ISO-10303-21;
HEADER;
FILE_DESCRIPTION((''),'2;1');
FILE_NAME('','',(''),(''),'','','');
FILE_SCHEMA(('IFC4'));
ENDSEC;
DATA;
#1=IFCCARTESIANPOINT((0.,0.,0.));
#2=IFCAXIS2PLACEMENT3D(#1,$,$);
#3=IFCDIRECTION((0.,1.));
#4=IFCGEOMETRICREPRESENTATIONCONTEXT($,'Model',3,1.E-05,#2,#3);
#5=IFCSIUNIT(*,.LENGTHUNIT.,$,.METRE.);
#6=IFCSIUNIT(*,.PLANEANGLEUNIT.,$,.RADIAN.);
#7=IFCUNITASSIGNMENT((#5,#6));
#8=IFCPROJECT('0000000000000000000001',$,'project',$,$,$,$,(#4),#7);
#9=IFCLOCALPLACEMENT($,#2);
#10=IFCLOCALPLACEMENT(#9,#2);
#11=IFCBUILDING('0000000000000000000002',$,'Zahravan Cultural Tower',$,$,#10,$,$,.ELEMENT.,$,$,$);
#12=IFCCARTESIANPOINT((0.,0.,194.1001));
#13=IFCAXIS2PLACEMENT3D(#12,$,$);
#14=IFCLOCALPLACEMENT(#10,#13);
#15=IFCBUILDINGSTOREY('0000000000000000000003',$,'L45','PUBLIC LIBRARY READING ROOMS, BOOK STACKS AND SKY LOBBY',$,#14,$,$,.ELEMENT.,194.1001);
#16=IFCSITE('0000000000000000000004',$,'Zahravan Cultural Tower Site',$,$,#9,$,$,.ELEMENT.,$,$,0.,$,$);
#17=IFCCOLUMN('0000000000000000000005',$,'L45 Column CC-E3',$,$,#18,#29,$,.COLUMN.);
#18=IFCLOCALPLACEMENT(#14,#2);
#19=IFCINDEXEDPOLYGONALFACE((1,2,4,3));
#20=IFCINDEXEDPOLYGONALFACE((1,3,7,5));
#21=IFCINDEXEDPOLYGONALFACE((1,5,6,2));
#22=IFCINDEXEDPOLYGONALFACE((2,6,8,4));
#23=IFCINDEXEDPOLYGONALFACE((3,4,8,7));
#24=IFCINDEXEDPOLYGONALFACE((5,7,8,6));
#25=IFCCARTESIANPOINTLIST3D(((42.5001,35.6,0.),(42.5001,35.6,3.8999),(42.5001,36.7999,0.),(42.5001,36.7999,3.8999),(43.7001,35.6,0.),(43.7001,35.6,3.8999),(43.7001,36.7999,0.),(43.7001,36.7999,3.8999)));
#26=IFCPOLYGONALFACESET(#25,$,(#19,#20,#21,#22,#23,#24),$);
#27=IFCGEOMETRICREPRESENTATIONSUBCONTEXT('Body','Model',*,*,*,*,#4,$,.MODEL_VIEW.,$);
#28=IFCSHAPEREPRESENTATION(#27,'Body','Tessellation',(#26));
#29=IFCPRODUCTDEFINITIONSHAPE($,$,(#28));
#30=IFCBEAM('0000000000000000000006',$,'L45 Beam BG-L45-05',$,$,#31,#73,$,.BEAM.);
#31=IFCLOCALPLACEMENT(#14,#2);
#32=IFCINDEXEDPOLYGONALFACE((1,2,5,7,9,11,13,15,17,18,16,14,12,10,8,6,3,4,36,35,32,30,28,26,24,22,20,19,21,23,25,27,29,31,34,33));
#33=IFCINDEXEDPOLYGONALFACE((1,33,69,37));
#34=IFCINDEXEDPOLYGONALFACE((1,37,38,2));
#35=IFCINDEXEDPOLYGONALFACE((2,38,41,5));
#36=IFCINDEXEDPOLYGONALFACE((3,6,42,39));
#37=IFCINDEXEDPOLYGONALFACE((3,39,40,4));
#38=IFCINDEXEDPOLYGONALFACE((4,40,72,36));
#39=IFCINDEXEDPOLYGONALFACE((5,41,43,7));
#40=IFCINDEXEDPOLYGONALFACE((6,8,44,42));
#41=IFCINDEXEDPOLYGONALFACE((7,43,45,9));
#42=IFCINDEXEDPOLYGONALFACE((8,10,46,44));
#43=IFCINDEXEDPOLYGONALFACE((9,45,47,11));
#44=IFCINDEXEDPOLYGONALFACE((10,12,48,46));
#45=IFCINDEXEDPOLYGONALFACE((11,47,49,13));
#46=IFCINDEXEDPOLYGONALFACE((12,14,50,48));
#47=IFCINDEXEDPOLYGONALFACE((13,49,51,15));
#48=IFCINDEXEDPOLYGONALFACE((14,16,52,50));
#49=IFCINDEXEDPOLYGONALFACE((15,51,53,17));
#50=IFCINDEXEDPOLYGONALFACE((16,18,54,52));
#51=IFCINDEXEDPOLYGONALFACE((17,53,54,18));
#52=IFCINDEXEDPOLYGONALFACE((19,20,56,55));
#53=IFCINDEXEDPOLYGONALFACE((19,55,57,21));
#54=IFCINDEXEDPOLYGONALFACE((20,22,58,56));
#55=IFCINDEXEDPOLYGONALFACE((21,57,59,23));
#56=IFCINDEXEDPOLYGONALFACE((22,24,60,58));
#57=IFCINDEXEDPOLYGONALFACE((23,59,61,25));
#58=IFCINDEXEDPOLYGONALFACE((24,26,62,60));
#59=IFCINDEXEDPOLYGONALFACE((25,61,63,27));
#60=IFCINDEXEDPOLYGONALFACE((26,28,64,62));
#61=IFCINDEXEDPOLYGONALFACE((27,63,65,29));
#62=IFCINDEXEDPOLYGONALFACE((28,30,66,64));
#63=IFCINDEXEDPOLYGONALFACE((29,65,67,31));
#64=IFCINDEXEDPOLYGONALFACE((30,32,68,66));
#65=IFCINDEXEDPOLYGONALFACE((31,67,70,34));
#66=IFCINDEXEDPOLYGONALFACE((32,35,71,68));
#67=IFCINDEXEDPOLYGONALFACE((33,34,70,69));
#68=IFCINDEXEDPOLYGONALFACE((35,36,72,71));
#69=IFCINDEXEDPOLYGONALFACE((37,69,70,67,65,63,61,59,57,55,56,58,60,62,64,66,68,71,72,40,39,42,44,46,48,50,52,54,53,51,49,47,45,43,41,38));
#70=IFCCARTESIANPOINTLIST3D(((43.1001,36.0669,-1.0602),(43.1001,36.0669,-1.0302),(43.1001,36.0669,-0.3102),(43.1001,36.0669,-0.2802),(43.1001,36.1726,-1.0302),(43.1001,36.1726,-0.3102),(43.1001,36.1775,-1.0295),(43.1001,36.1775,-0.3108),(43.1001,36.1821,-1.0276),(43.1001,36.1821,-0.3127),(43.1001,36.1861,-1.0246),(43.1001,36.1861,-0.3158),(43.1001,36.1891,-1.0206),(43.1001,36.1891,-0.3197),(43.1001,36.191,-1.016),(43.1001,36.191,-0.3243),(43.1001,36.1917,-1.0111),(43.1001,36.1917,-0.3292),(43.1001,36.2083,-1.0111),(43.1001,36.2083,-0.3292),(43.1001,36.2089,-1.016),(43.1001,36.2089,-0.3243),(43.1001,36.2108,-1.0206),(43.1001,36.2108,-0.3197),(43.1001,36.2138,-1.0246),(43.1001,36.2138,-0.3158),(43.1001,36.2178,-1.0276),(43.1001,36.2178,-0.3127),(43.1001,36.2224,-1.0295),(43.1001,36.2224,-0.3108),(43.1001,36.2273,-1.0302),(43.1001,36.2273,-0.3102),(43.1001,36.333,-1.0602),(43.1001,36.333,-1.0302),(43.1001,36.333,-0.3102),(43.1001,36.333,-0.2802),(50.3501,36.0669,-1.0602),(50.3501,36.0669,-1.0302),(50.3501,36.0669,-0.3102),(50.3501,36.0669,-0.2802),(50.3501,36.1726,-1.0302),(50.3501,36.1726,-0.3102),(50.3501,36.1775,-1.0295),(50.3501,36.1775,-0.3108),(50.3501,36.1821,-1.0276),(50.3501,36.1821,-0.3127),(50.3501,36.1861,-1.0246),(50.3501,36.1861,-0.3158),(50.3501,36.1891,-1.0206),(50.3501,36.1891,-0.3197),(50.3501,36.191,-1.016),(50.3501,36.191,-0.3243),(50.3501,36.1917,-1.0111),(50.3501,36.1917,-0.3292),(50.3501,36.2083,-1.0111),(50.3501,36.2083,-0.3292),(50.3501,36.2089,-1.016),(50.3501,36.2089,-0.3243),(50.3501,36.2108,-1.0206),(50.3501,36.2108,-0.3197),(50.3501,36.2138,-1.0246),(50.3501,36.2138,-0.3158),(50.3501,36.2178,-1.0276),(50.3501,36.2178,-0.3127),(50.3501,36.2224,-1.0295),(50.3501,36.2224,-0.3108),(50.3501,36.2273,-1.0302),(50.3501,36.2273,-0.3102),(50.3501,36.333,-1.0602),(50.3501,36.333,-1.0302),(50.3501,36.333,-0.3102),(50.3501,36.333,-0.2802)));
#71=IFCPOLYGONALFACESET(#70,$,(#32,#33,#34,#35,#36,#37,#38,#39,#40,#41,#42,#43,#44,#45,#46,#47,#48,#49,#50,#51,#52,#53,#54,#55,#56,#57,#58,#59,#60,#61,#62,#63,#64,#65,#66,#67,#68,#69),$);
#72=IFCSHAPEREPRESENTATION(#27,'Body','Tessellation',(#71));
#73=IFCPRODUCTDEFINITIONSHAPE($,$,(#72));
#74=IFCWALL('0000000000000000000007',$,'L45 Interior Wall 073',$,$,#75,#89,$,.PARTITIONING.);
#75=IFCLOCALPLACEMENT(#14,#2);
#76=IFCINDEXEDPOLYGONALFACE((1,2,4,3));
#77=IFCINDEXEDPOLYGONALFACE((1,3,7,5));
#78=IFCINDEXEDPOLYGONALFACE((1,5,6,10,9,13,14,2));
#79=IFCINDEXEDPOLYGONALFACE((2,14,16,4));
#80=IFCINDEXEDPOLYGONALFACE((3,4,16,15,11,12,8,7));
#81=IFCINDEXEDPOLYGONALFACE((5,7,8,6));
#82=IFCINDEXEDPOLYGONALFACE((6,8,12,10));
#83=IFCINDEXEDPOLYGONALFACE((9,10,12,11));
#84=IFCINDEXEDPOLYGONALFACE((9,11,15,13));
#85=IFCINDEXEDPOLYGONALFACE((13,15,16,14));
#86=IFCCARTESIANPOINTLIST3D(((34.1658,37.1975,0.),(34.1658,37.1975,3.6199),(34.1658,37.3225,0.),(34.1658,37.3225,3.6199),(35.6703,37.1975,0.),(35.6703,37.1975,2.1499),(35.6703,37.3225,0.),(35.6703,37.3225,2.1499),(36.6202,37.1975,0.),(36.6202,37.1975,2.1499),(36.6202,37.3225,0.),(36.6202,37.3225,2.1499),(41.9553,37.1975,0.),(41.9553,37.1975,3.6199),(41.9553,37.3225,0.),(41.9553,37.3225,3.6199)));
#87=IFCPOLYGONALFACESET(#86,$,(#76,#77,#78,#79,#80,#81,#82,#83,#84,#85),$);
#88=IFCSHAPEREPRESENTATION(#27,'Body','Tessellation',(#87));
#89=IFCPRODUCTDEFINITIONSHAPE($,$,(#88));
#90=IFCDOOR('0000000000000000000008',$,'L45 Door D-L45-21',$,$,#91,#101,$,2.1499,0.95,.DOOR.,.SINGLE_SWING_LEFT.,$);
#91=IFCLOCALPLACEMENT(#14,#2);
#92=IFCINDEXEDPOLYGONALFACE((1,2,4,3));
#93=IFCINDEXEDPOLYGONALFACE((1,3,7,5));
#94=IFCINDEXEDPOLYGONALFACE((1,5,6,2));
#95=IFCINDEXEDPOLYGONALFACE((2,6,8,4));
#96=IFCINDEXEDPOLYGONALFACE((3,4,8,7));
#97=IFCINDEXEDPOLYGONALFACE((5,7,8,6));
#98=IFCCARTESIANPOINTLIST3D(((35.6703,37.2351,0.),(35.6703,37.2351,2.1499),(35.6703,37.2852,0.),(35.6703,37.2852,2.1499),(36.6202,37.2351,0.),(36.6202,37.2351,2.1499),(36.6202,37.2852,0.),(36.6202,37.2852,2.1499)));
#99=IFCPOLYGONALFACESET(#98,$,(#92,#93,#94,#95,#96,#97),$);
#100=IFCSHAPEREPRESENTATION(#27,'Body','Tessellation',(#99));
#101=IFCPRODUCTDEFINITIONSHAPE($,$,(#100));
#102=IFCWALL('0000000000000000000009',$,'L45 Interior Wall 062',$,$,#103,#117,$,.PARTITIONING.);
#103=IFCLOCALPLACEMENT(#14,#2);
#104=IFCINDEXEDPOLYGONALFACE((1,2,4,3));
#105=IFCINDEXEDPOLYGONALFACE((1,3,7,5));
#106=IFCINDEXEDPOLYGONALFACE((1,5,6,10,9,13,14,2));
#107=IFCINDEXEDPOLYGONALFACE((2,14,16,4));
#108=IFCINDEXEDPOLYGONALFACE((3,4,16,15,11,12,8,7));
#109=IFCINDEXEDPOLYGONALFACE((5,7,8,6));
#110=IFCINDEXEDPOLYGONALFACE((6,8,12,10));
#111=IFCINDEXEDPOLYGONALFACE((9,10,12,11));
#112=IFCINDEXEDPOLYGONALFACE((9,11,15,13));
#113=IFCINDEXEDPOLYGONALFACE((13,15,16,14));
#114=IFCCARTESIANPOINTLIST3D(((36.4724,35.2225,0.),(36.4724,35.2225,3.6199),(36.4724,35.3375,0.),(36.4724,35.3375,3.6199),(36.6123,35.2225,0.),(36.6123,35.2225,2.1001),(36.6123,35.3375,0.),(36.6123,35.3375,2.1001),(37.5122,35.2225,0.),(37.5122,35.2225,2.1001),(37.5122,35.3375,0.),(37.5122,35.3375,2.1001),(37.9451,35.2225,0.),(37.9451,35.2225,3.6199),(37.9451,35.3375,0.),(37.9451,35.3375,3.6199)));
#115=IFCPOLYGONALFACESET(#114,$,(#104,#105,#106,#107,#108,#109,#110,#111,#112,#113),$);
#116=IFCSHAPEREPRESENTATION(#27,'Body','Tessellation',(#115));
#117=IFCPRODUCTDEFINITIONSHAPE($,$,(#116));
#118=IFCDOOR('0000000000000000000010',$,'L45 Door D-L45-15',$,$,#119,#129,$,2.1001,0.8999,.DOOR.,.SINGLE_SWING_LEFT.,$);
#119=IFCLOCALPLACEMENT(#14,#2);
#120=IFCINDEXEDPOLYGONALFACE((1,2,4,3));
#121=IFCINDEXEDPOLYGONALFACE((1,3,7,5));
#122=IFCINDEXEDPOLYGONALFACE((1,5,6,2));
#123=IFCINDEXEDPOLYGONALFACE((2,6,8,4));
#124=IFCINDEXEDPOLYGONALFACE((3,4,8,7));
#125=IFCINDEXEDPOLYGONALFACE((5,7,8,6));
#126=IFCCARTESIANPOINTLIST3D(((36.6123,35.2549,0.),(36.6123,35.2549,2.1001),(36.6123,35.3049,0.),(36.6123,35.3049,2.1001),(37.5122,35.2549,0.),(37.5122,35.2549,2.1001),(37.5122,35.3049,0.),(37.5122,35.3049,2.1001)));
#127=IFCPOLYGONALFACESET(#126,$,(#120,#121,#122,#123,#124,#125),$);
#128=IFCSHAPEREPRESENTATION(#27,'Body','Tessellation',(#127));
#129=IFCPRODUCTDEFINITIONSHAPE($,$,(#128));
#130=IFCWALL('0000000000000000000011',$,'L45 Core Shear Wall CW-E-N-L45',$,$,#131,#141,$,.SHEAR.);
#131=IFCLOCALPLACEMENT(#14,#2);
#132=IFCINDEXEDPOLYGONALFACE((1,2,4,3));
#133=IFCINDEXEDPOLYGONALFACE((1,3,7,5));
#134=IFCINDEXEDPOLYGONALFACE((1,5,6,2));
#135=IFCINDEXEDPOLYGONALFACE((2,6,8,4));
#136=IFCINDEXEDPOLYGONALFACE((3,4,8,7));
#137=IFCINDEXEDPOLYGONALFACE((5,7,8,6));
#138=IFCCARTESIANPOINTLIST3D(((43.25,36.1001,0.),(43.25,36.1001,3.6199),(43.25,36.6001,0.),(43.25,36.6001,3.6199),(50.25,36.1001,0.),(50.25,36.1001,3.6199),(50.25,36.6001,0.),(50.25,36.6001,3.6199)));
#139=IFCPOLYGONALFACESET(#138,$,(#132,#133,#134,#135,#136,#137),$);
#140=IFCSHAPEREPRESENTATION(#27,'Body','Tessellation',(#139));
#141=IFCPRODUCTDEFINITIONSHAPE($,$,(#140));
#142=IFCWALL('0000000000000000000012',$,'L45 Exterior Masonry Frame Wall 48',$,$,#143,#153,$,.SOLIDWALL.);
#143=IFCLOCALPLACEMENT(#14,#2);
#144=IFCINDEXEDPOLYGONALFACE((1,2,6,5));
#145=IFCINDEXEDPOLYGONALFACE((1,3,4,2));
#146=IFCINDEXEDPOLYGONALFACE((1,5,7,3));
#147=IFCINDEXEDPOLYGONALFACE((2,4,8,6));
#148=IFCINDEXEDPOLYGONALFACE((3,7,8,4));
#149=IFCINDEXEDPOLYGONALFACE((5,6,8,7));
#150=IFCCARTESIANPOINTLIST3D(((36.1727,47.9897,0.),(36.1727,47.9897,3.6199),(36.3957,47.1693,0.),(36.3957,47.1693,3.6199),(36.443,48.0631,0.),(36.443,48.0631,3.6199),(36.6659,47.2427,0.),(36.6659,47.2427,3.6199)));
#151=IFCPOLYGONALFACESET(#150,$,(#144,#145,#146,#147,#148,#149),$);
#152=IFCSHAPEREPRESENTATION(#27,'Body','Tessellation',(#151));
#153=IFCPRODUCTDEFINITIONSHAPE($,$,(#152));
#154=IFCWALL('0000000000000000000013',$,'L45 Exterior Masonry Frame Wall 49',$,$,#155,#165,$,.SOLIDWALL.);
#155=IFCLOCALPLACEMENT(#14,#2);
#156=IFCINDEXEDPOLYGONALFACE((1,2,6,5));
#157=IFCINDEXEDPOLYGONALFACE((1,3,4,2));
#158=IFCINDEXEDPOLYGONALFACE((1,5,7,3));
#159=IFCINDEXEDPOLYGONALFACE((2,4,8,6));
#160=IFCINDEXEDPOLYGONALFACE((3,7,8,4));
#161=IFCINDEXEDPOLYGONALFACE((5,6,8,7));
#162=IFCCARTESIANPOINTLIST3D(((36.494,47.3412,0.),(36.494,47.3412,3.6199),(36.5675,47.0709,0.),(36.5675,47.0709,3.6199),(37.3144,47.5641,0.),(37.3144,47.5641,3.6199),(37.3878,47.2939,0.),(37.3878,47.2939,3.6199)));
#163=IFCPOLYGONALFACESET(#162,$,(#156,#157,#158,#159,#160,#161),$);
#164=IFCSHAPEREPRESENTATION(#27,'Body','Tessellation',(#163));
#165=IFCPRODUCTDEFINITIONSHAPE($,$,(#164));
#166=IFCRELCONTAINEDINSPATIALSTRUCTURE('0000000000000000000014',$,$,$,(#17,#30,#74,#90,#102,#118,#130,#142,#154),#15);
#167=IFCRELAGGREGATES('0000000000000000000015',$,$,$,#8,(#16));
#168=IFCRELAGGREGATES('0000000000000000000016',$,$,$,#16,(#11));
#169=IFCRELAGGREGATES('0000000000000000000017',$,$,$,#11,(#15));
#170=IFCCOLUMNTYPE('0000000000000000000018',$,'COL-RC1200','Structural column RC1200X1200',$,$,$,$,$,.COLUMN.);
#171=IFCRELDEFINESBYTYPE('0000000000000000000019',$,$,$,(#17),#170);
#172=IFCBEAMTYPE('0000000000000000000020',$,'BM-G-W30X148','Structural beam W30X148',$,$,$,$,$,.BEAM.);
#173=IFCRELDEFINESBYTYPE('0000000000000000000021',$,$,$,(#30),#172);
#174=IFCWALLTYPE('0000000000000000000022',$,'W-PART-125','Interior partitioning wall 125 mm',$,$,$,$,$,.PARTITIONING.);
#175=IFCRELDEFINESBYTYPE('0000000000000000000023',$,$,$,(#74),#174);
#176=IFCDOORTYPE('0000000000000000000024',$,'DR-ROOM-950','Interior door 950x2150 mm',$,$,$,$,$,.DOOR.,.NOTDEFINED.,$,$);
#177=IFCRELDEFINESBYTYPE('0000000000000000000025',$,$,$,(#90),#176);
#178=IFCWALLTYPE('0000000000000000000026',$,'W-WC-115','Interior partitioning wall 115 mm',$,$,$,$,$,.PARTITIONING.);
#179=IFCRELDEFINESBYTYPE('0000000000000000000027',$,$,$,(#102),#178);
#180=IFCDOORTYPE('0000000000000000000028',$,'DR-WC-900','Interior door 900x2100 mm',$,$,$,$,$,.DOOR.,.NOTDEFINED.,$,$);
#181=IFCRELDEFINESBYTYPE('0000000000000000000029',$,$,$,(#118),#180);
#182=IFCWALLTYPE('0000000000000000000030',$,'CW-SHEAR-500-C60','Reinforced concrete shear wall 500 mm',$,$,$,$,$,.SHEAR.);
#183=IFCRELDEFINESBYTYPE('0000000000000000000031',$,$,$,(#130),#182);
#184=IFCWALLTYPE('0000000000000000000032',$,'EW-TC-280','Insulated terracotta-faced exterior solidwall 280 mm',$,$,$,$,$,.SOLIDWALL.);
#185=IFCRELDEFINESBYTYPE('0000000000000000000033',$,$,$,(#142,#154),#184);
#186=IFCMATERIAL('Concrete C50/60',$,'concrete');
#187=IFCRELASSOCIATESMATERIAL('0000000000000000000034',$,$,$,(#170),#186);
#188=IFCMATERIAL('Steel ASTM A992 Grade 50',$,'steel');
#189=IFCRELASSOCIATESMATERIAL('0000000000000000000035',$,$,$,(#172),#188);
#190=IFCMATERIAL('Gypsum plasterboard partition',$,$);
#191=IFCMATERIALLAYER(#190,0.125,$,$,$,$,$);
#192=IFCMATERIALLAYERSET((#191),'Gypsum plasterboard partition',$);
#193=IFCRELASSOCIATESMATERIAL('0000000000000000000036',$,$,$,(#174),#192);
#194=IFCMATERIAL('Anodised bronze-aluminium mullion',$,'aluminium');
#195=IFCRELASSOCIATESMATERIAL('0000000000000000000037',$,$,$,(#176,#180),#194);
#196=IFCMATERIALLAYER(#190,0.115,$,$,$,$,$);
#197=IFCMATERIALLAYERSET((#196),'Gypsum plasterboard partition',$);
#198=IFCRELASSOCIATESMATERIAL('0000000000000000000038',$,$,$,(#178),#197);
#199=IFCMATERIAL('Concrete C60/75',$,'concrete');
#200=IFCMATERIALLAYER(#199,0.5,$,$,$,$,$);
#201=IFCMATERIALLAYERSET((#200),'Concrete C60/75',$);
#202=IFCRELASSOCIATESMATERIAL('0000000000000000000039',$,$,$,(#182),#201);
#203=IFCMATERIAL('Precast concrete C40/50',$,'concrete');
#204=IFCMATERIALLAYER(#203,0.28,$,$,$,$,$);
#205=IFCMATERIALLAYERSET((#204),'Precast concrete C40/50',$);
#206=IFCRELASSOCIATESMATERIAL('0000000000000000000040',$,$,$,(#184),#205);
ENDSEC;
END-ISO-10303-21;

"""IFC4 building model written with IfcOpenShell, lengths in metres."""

from ifc_helpers import new_model, si_unit, direction, frame, frame_2d, origin, origin_2d, place, context, subcontext, project, spatial, rectangle, i_section, extrude, source, transform, mapped, material, layer, layer_set, material_profile, profile_set, type_object, element, fill, save


model = new_model("IFC4")

# Units and contexts
model_context = context("Model", 3, precision=1e-05, world=origin(), true_north=direction((0.0, 1.0)))
body_context = subcontext(model_context, "Body", "Model", "MODEL_VIEW")
ifc_project = project(units=[si_unit("LENGTHUNIT", "METRE"), si_unit("PLANEANGLEUNIT", "RADIAN")], contexts=[model_context])

# Site, building, storey
site_placement = place(None, origin())
site = spatial("IfcSite", under=ifc_project, at=site_placement, Name="Zahravan Cultural Tower Site", CompositionType="ELEMENT", RefElevation=0.0)
building_placement = place(site_placement, origin())
building = spatial("IfcBuilding", under=site, at=building_placement, Name="Zahravan Cultural Tower", CompositionType="ELEMENT")
storey_placement = place(building_placement, frame((0.0, 0.0, 194.1001)))
storey = spatial("IfcBuildingStorey", under=building, at=storey_placement, Name="L45", Description="PUBLIC LIBRARY READING ROOMS, BOOK STACKS AND SKY LOBBY", CompositionType="ELEMENT", Elevation=194.1001)

# Column
ifc_material_1 = material(Name="Concrete C50/60", Category="concrete")
ifc_material_profile_1 = material_profile(ifc_material_1, rectangle(XDim=1.2, YDim=1.2, at=origin_2d()), Name="RC1200X1200")
ifc_profile_set_1 = profile_set([ifc_material_profile_1], Name="Concrete C50/60")
column_type = type_object("IfcColumnType", Name="COL-RC1200", Description="Structural column RC1200X1200", PredefinedType="COLUMN", material=ifc_profile_set_1)
shared_shape_1 = source(origin(), body_context, "Body", "SweptSolid", [
    extrude(rectangle(XDim=1.2, YDim=1.2, at=origin_2d()), origin(), (0.0, 0.0, 1.0), 3.8999),
])
column_placement = place(storey_placement, frame((43.1001, 36.2, 0.0), z_axis=(0.0, 0.0, 1.0), x_axis=(1.0, 0.0, 0.0)))
element("IfcColumn", 1, at=column_placement, inside=storey, type_object=column_type, Name="L45 Column CC-E3", PredefinedType="COLUMN", context=body_context, shape_type="MappedRepresentation", body=[
    mapped(shared_shape_1, transform((0.0, 0.0, 0.0), x_axis=(1.0, 0.0, 0.0), y_axis=(0.0, 1.0, 0.0), z_axis=(0.0, 0.0, 1.0), scale=1.0)),
])

# Beam
ifc_material_2 = material(Name="Steel ASTM A992 Grade 50", Category="steel")
ifc_material_profile_2 = material_profile(ifc_material_2, i_section(OverallWidth=0.2661, OverallDepth=0.78, WebThickness=0.0166, FlangeThickness=0.03, FilletRadius=0.019, at=origin_2d()), Name="W30X148")
ifc_profile_set_2 = profile_set([ifc_material_profile_2], Name="Steel ASTM A992 Grade 50")
beam_type = type_object("IfcBeamType", Name="BM-G-W30X148", Description="Structural beam W30X148", PredefinedType="BEAM", material=ifc_profile_set_2)
shared_shape_2 = source(origin(), body_context, "Body", "SweptSolid", [
    extrude(i_section(OverallWidth=0.2661, OverallDepth=0.78, WebThickness=0.0166, FlangeThickness=0.03, FilletRadius=0.019, at=origin_2d()), origin(), (0.0, 0.0, 1.0), 7.25),
])
beam_placement = place(storey_placement, frame((43.1001, 36.2, -0.6702), z_axis=(1.0, 0.0, 0.0), x_axis=(0.0, 1.0, 0.0)))
element("IfcBeam", 2, at=beam_placement, inside=storey, type_object=beam_type, Name="L45 Beam BG-L45-05", PredefinedType="BEAM", context=body_context, shape_type="MappedRepresentation", body=[
    mapped(shared_shape_2, transform((0.0, 0.0, 0.0), x_axis=(1.0, 0.0, 0.0), y_axis=(0.0, 1.0, 0.0), z_axis=(0.0, 0.0, 1.0), scale=1.0)),
])

# Walls, openings, doors
ifc_material_3 = material(Name="Gypsum plasterboard partition")
ifc_layer_1 = layer(ifc_material_3, 0.125)
ifc_layer_set_1 = layer_set([ifc_layer_1], Name="Gypsum plasterboard partition")
wall_type_1 = type_object("IfcWallType", Name="W-PART-125", Description="Interior partitioning wall 125 mm", PredefinedType="PARTITIONING", material=ifc_layer_set_1)
wall_1_placement = place(storey_placement, frame((41.9553, 37.26, 0.0), z_axis=(0.0, 0.0, 1.0), x_axis=(-1.0, 0.0, 0.0)))
wall_1 = element("IfcWall", 3, at=wall_1_placement, inside=storey, type_object=wall_type_1, Name="L45 Interior Wall 073", PredefinedType="PARTITIONING", context=body_context, shape_type="SweptSolid", body=[
    extrude(rectangle(XDim=7.7896, YDim=0.125, at=frame_2d((3.8948, 0.0))), origin(), (0.0, 0.0, 1.0), 3.6199),
])
opening_1_placement = place(wall_1_placement, frame((5.335, 0.0, 0.0)))
opening_1 = element("IfcOpeningElement", 4, at=opening_1_placement, cuts=wall_1, PredefinedType="OPENING", context=body_context, shape_type="SweptSolid", body=[
    extrude(rectangle(XDim=0.95, YDim=2.1499, at=frame_2d((0.4751, 1.075))), frame((0.0, 0.0725, 0.0), z_axis=(0.0, -1.0, 0.0), x_axis=(1.0, 0.0, 0.0)), (0.0, 0.0, 1.0), 0.145),
])
ifc_material_4 = material(Name="Anodised bronze-aluminium mullion", Category="aluminium")
door_type_1 = type_object("IfcDoorType", Name="DR-ROOM-950", Description="Interior door 950x2150 mm", OperationType="NOTDEFINED", PredefinedType="DOOR", material=ifc_material_4)
shared_shape_3 = source(origin(), body_context, "Body", "SweptSolid", [
    extrude(rectangle(XDim=0.95, YDim=2.1499, at=frame_2d((0.4751, 1.075))), frame((0.0, 0.0249, 0.0), z_axis=(0.0, -1.0, 0.0), x_axis=(1.0, 0.0, 0.0)), (0.0, 0.0, 1.0), 0.05),
])
door_1_placement = place(opening_1_placement, origin())
door_1 = element("IfcDoor", 5, at=door_1_placement, inside=storey, type_object=door_type_1, Name="L45 Door D-L45-21", OperationType="SINGLE_SWING_LEFT", OverallHeight=2.1499, OverallWidth=0.95, PredefinedType="DOOR", context=body_context, shape_type="MappedRepresentation", body=[
    mapped(shared_shape_3, transform((0.0, 0.0, 0.0), x_axis=(1.0, 0.0, 0.0), y_axis=(0.0, 1.0, 0.0), z_axis=(0.0, 0.0, 1.0), scale=1.0)),
])
fill(opening_1, door_1)
ifc_layer_2 = layer(ifc_material_3, 0.115)
ifc_layer_set_2 = layer_set([ifc_layer_2], Name="Gypsum plasterboard partition")
wall_type_2 = type_object("IfcWallType", Name="W-WC-115", Description="Interior partitioning wall 115 mm", PredefinedType="PARTITIONING", material=ifc_layer_set_2)
wall_2_placement = place(storey_placement, frame((36.4724, 35.28, 0.0), z_axis=(0.0, 0.0, 1.0), x_axis=(1.0, 0.0, 0.0)))
wall_2 = element("IfcWall", 6, at=wall_2_placement, inside=storey, type_object=wall_type_2, Name="L45 Interior Wall 062", PredefinedType="PARTITIONING", context=body_context, shape_type="SweptSolid", body=[
    extrude(rectangle(XDim=1.4727, YDim=0.115, at=frame_2d((0.7363, 0.0))), origin(), (0.0, 0.0, 1.0), 3.6199),
])
opening_2_placement = place(wall_2_placement, frame((0.1399, 0.0, 0.0)))
opening_2 = element("IfcOpeningElement", 7, at=opening_2_placement, cuts=wall_2, PredefinedType="OPENING", context=body_context, shape_type="SweptSolid", body=[
    extrude(rectangle(XDim=0.8999, YDim=2.1001, at=frame_2d((0.45, 1.05))), frame((0.0, 0.0674, 0.0), z_axis=(0.0, -1.0, 0.0), x_axis=(1.0, 0.0, 0.0)), (0.0, 0.0, 1.0), 0.135),
])
door_type_2 = type_object("IfcDoorType", Name="DR-WC-900", Description="Interior door 900x2100 mm", OperationType="NOTDEFINED", PredefinedType="DOOR", material=ifc_material_4)
shared_shape_4 = source(origin(), body_context, "Body", "SweptSolid", [
    extrude(rectangle(XDim=0.8999, YDim=2.1001, at=frame_2d((0.45, 1.05))), frame((0.0, 0.0249, 0.0), z_axis=(0.0, -1.0, 0.0), x_axis=(1.0, 0.0, 0.0)), (0.0, 0.0, 1.0), 0.05),
])
door_2_placement = place(opening_2_placement, origin())
door_2 = element("IfcDoor", 8, at=door_2_placement, inside=storey, type_object=door_type_2, Name="L45 Door D-L45-15", OperationType="SINGLE_SWING_LEFT", OverallHeight=2.1001, OverallWidth=0.8999, PredefinedType="DOOR", context=body_context, shape_type="MappedRepresentation", body=[
    mapped(shared_shape_4, transform((0.0, 0.0, 0.0), x_axis=(1.0, 0.0, 0.0), y_axis=(0.0, 1.0, 0.0), z_axis=(0.0, 0.0, 1.0), scale=1.0)),
])
fill(opening_2, door_2)

# Walls
ifc_material_5 = material(Name="Concrete C60/75", Category="concrete")
ifc_layer_3 = layer(ifc_material_5, 0.5)
ifc_layer_set_3 = layer_set([ifc_layer_3], Name="Concrete C60/75")
wall_type_3 = type_object("IfcWallType", Name="CW-SHEAR-500-C60", Description="Reinforced concrete shear wall 500 mm", PredefinedType="SHEAR", material=ifc_layer_set_3)
shared_shape_5 = source(origin(), body_context, "Body", "SweptSolid", [
    extrude(rectangle(XDim=7.0, YDim=0.5, at=frame_2d((3.5, 0.0))), origin(), (0.0, 0.0, 1.0), 3.6199),
])
wall_3_placement = place(storey_placement, frame((43.25, 36.3501, 0.0), z_axis=(0.0, 0.0, 1.0), x_axis=(1.0, 0.0, 0.0)))
element("IfcWall", 9, at=wall_3_placement, inside=storey, type_object=wall_type_3, Name="L45 Core Shear Wall CW-E-N-L45", PredefinedType="SHEAR", context=body_context, shape_type="MappedRepresentation", body=[
    mapped(shared_shape_5, transform((0.0, 0.0, 0.0), x_axis=(1.0, 0.0, 0.0), y_axis=(0.0, 1.0, 0.0), z_axis=(0.0, 0.0, 1.0), scale=1.0)),
])
ifc_material_6 = material(Name="Precast concrete C40/50", Category="concrete")
ifc_layer_4 = layer(ifc_material_6, 0.28)
ifc_layer_set_4 = layer_set([ifc_layer_4], Name="Precast concrete C40/50")
wall_type_4 = type_object("IfcWallType", Name="EW-TC-280", Description="Insulated terracotta-faced exterior solidwall 280 mm", PredefinedType="SOLIDWALL", material=ifc_layer_set_4)
shared_shape_6 = source(origin(), body_context, "Body", "SweptSolid", [
    extrude(rectangle(XDim=0.8501, YDim=0.28, at=frame_2d((0.425, 0.0))), origin(), (0.0, 0.0, 1.0), 3.6199),
])
for number, where, z_axis, x_axis, name in (
    (10, (36.3079, 48.0264, 0.0), (0.0, 0.0, 1.0), (0.262218, -0.965009, 0.0), "L45 Exterior Masonry Frame Wall 48"),
    (11, (36.5308, 47.2061, 0.0), (0.0, 0.0, 1.0), (0.965009, 0.262218, 0.0), "L45 Exterior Masonry Frame Wall 49"),
):
    element("IfcWall", number, at=place(storey_placement, frame(where, z_axis=z_axis, x_axis=x_axis)), inside=storey, type_object=wall_type_4, Name=name, PredefinedType="SOLIDWALL", context=body_context, shape_type="MappedRepresentation", body=[
        mapped(shared_shape_6, transform((0.0, 0.0, 0.0), x_axis=(1.0, 0.0, 0.0), y_axis=(0.0, 1.0, 0.0), z_axis=(0.0, 0.0, 1.0), scale=1.0)),
    ])

save(model, "model.ifc")
